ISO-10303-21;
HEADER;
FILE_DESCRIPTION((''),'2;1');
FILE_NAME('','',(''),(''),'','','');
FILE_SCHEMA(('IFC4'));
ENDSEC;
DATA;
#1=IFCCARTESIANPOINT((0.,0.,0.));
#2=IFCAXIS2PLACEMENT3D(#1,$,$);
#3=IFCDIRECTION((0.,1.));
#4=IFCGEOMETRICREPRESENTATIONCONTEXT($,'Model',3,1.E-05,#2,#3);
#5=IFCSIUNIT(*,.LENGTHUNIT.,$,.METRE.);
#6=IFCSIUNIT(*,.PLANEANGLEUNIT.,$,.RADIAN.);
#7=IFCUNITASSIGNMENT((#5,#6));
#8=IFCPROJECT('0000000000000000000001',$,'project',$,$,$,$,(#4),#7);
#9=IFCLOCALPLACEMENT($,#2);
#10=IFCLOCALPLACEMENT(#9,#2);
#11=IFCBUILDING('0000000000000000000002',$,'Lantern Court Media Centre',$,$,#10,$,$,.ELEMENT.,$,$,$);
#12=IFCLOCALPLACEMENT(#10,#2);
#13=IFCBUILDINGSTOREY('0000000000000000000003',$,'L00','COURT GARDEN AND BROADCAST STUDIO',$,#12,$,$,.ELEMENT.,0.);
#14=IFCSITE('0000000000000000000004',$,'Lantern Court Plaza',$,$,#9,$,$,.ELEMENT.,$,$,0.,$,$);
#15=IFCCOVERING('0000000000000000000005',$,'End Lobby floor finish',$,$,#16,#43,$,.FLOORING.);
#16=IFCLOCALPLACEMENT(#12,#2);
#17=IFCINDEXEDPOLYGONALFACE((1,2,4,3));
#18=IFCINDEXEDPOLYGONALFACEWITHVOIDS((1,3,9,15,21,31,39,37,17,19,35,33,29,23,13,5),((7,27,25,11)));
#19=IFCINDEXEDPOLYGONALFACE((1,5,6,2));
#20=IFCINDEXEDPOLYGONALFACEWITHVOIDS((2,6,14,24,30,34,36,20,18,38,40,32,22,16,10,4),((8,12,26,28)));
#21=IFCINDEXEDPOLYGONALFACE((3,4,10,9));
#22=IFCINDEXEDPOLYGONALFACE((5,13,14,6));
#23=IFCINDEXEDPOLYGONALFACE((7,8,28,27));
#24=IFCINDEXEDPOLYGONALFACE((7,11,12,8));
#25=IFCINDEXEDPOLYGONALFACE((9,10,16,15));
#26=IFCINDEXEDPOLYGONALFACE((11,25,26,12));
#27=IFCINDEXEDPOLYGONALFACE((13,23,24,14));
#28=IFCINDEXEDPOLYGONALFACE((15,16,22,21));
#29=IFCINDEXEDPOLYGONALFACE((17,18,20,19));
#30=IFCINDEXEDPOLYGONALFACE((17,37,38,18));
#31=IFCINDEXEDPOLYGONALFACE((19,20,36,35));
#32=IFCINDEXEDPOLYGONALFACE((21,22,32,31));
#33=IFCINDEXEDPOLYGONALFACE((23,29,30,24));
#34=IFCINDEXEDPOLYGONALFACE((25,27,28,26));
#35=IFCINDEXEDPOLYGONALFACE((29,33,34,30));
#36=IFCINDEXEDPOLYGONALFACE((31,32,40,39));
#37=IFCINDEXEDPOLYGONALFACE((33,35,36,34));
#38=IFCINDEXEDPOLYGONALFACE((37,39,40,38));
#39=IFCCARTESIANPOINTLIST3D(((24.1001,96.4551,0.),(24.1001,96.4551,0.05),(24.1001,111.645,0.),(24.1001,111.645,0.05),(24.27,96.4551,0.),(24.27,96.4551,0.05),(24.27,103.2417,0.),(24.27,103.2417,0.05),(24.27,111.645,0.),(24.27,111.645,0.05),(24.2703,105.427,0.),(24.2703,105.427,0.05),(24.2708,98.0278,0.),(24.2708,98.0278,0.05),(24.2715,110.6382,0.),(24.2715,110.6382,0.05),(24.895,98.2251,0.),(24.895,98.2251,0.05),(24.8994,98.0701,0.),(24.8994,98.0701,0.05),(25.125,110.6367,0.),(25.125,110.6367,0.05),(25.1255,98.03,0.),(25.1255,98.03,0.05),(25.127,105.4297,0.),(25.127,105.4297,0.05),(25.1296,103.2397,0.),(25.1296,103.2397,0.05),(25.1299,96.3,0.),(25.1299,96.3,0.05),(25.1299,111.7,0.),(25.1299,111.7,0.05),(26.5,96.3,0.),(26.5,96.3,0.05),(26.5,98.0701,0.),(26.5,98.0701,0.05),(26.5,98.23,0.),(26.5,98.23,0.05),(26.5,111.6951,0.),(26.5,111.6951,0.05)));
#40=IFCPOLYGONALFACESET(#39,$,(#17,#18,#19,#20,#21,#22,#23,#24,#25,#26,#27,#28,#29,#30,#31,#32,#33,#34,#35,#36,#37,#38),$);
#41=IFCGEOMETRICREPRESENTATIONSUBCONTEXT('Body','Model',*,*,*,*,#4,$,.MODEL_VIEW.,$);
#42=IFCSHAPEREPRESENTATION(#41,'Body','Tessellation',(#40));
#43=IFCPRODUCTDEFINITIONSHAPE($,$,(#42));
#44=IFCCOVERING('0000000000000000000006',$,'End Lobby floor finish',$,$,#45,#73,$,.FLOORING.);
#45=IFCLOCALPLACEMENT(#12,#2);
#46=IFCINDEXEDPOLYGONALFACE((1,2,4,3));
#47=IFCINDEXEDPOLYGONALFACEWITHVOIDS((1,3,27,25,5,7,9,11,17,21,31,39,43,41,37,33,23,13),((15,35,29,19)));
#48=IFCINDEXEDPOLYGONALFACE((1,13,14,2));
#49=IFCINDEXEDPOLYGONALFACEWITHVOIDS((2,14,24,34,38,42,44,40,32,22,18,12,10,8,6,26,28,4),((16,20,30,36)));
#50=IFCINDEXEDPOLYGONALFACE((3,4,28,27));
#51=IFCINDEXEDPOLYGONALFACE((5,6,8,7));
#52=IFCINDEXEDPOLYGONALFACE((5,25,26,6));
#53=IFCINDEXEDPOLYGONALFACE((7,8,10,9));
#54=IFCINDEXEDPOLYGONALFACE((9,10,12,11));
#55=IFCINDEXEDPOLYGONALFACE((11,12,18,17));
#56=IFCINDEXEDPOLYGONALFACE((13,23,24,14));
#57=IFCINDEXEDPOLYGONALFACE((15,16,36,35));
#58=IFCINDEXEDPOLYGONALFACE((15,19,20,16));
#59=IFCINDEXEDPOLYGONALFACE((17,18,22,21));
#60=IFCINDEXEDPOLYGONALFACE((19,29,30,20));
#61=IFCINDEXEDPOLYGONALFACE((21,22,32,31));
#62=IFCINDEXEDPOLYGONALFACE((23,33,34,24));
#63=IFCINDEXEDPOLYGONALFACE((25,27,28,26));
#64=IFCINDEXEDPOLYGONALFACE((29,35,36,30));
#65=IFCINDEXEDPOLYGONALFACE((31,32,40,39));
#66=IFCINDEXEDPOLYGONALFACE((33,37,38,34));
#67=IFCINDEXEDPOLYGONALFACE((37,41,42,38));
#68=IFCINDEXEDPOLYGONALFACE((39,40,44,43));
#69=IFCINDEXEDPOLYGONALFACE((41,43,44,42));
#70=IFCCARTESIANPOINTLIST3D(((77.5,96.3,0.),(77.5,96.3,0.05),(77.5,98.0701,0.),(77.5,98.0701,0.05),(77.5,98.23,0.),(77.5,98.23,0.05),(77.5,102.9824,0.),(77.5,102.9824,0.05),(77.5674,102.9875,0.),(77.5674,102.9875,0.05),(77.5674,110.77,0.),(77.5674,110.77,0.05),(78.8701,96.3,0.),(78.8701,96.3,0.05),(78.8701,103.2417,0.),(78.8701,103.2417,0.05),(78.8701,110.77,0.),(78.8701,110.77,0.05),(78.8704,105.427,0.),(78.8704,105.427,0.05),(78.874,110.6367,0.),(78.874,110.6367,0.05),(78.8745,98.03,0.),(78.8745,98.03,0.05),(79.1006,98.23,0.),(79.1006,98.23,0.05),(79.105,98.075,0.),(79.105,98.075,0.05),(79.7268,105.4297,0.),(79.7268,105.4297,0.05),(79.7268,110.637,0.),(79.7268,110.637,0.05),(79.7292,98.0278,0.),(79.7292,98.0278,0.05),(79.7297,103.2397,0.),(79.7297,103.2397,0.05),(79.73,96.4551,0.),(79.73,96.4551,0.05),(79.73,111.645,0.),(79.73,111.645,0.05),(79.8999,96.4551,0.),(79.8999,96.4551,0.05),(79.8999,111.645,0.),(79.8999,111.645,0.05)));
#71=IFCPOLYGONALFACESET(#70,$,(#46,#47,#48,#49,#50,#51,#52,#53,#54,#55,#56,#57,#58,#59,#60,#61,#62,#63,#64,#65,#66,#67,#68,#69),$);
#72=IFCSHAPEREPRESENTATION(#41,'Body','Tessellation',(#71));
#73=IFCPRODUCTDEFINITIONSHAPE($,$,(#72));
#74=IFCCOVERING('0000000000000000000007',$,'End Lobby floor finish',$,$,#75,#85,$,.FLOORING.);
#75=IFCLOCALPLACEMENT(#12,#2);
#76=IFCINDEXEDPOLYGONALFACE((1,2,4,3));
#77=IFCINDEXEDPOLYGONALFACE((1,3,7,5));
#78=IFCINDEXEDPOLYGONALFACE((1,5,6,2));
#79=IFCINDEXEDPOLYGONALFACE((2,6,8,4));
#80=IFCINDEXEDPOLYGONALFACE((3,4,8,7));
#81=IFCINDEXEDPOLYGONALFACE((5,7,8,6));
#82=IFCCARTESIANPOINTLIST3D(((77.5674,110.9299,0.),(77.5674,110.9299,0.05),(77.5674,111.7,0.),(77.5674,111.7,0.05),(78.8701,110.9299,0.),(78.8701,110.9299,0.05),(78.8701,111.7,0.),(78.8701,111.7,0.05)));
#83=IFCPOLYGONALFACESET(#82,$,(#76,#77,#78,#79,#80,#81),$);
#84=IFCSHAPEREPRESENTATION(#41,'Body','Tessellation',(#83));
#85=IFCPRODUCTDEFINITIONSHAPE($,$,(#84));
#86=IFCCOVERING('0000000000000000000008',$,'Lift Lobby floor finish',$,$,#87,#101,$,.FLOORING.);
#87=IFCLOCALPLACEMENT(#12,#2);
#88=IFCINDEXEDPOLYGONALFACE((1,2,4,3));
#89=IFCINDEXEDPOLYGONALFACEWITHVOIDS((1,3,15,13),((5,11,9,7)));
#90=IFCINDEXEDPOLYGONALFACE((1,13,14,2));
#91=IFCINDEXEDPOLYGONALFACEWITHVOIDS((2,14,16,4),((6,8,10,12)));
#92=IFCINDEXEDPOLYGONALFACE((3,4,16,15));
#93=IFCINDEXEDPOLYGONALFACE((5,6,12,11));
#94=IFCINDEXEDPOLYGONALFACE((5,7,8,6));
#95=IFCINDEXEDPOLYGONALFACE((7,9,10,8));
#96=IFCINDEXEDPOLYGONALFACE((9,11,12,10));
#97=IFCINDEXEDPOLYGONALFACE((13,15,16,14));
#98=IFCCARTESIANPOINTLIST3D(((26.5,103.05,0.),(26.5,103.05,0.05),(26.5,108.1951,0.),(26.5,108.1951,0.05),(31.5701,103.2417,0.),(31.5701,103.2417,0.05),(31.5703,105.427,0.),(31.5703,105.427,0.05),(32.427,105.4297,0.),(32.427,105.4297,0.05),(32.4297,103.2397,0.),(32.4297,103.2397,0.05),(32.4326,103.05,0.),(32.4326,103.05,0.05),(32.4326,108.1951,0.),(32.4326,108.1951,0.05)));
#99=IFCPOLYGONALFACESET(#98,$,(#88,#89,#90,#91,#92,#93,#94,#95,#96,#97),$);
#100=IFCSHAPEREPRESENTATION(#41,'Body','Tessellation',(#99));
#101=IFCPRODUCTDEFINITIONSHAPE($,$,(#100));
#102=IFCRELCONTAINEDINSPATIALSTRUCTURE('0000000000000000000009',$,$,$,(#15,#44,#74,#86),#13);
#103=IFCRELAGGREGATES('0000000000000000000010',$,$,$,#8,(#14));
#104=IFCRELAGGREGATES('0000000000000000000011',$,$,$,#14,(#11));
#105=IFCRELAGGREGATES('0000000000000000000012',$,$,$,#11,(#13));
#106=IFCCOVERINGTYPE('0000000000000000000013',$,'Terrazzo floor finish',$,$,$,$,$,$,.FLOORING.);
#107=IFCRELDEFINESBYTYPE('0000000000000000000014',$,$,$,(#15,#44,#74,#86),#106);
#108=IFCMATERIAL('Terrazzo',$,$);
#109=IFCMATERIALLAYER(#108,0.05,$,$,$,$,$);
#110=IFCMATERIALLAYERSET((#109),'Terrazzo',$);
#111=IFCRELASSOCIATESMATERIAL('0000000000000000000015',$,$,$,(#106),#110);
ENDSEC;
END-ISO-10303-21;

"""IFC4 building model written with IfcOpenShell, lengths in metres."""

from ifc_helpers import new_model, si_unit, direction, origin, place, context, subcontext, project, spatial, polyline, outline, extrude, material, layer, layer_set, type_object, element, save


model = new_model("IFC4")

# Units and contexts
model_context = context("Model", 3, precision=1e-05, world=origin(), true_north=direction((0.0, 1.0)))
body_context = subcontext(model_context, "Body", "Model", "MODEL_VIEW")
ifc_project = project(units=[si_unit("LENGTHUNIT", "METRE"), si_unit("PLANEANGLEUNIT", "RADIAN")], contexts=[model_context])

# Site, building, storey
site_placement = place(None, origin())
site = spatial("IfcSite", under=ifc_project, at=site_placement, Name="Lantern Court Plaza", CompositionType="ELEMENT", RefElevation=0.0)
building_placement = place(site_placement, origin())
building = spatial("IfcBuilding", under=site, at=building_placement, Name="Lantern Court Media Centre", CompositionType="ELEMENT")
storey_placement = place(building_placement, origin())
storey = spatial("IfcBuildingStorey", under=building, at=storey_placement, Name="L00", Description="COURT GARDEN AND BROADCAST STUDIO", CompositionType="ELEMENT", Elevation=0.0)

# Coverings
ifc_material_1 = material(Name="Terrazzo")
ifc_layer_1 = layer(ifc_material_1, 0.05)
ifc_layer_set_1 = layer_set([ifc_layer_1], Name="Terrazzo")
covering_type_1 = type_object("IfcCoveringType", Name="Terrazzo floor finish", PredefinedType="FLOORING", material=ifc_layer_set_1)
covering_1_placement = place(storey_placement, origin())
element("IfcCovering", 1, at=covering_1_placement, inside=storey, type_object=covering_type_1, Name="End Lobby floor finish", PredefinedType="FLOORING", context=body_context, shape_type="SweptSolid", body=[
    extrude(outline(polyline([(26.5, 96.3), (25.1299, 96.3), (25.1255, 98.03), (24.2708, 98.0278), (24.27, 96.4551), (24.1001, 96.4551), (24.1001, 111.645), (24.27, 111.645), (24.2715, 110.6382), (25.125, 110.6367), (25.1299, 111.7), (26.5, 111.6951), (26.5, 98.23), (24.895, 98.2251), (24.8994, 98.0701), (26.5, 98.0701), (26.5, 96.3)]), holes=[polyline([(24.27, 103.2417), (25.1296, 103.2397), (25.127, 105.4297), (24.2703, 105.427), (24.27, 103.2417)])]), origin(), (0.0, 0.0, 1.0), 0.05),
])
covering_2_placement = place(storey_placement, origin())
element("IfcCovering", 2, at=covering_2_placement, inside=storey, type_object=covering_type_1, Name="End Lobby floor finish", PredefinedType="FLOORING", context=body_context, shape_type="SweptSolid", body=[
    extrude(outline(polyline([(79.8999, 96.4551), (79.73, 96.4551), (79.7292, 98.0278), (78.8745, 98.03), (78.8701, 96.3), (77.5, 96.3), (77.5, 98.0701), (79.105, 98.075), (79.1006, 98.23), (77.5, 98.23), (77.5, 102.9824), (77.5674, 102.9875), (77.5674, 110.77), (78.8701, 110.77), (78.874, 110.6367), (79.7268, 110.637), (79.73, 111.645), (79.8999, 111.645), (79.8999, 96.4551)]), holes=[polyline([(78.8701, 103.2417), (79.7297, 103.2397), (79.7268, 105.4297), (78.8704, 105.427), (78.8701, 103.2417)])]), origin(), (0.0, 0.0, 1.0), 0.05),
])
covering_3_placement = place(storey_placement, origin())
element("IfcCovering", 3, at=covering_3_placement, inside=storey, type_object=covering_type_1, Name="End Lobby floor finish", PredefinedType="FLOORING", context=body_context, shape_type="SweptSolid", body=[
    extrude(outline(polyline([(78.8701, 111.7), (78.8701, 110.9299), (77.5674, 110.9299), (77.5674, 111.7), (78.8701, 111.7)])), origin(), (0.0, 0.0, 1.0), 0.05),
])
covering_4_placement = place(storey_placement, origin())
element("IfcCovering", 4, at=covering_4_placement, inside=storey, type_object=covering_type_1, Name="Lift Lobby floor finish", PredefinedType="FLOORING", context=body_context, shape_type="SweptSolid", body=[
    extrude(outline(polyline([(26.5, 103.05), (26.5, 108.1951), (32.4326, 108.1951), (32.4326, 103.05), (26.5, 103.05)]), holes=[polyline([(31.5701, 103.2417), (32.4297, 103.2397), (32.427, 105.4297), (31.5703, 105.427), (31.5701, 103.2417)])]), origin(), (0.0, 0.0, 1.0), 0.05),
])

save(model, "model.ifc")
